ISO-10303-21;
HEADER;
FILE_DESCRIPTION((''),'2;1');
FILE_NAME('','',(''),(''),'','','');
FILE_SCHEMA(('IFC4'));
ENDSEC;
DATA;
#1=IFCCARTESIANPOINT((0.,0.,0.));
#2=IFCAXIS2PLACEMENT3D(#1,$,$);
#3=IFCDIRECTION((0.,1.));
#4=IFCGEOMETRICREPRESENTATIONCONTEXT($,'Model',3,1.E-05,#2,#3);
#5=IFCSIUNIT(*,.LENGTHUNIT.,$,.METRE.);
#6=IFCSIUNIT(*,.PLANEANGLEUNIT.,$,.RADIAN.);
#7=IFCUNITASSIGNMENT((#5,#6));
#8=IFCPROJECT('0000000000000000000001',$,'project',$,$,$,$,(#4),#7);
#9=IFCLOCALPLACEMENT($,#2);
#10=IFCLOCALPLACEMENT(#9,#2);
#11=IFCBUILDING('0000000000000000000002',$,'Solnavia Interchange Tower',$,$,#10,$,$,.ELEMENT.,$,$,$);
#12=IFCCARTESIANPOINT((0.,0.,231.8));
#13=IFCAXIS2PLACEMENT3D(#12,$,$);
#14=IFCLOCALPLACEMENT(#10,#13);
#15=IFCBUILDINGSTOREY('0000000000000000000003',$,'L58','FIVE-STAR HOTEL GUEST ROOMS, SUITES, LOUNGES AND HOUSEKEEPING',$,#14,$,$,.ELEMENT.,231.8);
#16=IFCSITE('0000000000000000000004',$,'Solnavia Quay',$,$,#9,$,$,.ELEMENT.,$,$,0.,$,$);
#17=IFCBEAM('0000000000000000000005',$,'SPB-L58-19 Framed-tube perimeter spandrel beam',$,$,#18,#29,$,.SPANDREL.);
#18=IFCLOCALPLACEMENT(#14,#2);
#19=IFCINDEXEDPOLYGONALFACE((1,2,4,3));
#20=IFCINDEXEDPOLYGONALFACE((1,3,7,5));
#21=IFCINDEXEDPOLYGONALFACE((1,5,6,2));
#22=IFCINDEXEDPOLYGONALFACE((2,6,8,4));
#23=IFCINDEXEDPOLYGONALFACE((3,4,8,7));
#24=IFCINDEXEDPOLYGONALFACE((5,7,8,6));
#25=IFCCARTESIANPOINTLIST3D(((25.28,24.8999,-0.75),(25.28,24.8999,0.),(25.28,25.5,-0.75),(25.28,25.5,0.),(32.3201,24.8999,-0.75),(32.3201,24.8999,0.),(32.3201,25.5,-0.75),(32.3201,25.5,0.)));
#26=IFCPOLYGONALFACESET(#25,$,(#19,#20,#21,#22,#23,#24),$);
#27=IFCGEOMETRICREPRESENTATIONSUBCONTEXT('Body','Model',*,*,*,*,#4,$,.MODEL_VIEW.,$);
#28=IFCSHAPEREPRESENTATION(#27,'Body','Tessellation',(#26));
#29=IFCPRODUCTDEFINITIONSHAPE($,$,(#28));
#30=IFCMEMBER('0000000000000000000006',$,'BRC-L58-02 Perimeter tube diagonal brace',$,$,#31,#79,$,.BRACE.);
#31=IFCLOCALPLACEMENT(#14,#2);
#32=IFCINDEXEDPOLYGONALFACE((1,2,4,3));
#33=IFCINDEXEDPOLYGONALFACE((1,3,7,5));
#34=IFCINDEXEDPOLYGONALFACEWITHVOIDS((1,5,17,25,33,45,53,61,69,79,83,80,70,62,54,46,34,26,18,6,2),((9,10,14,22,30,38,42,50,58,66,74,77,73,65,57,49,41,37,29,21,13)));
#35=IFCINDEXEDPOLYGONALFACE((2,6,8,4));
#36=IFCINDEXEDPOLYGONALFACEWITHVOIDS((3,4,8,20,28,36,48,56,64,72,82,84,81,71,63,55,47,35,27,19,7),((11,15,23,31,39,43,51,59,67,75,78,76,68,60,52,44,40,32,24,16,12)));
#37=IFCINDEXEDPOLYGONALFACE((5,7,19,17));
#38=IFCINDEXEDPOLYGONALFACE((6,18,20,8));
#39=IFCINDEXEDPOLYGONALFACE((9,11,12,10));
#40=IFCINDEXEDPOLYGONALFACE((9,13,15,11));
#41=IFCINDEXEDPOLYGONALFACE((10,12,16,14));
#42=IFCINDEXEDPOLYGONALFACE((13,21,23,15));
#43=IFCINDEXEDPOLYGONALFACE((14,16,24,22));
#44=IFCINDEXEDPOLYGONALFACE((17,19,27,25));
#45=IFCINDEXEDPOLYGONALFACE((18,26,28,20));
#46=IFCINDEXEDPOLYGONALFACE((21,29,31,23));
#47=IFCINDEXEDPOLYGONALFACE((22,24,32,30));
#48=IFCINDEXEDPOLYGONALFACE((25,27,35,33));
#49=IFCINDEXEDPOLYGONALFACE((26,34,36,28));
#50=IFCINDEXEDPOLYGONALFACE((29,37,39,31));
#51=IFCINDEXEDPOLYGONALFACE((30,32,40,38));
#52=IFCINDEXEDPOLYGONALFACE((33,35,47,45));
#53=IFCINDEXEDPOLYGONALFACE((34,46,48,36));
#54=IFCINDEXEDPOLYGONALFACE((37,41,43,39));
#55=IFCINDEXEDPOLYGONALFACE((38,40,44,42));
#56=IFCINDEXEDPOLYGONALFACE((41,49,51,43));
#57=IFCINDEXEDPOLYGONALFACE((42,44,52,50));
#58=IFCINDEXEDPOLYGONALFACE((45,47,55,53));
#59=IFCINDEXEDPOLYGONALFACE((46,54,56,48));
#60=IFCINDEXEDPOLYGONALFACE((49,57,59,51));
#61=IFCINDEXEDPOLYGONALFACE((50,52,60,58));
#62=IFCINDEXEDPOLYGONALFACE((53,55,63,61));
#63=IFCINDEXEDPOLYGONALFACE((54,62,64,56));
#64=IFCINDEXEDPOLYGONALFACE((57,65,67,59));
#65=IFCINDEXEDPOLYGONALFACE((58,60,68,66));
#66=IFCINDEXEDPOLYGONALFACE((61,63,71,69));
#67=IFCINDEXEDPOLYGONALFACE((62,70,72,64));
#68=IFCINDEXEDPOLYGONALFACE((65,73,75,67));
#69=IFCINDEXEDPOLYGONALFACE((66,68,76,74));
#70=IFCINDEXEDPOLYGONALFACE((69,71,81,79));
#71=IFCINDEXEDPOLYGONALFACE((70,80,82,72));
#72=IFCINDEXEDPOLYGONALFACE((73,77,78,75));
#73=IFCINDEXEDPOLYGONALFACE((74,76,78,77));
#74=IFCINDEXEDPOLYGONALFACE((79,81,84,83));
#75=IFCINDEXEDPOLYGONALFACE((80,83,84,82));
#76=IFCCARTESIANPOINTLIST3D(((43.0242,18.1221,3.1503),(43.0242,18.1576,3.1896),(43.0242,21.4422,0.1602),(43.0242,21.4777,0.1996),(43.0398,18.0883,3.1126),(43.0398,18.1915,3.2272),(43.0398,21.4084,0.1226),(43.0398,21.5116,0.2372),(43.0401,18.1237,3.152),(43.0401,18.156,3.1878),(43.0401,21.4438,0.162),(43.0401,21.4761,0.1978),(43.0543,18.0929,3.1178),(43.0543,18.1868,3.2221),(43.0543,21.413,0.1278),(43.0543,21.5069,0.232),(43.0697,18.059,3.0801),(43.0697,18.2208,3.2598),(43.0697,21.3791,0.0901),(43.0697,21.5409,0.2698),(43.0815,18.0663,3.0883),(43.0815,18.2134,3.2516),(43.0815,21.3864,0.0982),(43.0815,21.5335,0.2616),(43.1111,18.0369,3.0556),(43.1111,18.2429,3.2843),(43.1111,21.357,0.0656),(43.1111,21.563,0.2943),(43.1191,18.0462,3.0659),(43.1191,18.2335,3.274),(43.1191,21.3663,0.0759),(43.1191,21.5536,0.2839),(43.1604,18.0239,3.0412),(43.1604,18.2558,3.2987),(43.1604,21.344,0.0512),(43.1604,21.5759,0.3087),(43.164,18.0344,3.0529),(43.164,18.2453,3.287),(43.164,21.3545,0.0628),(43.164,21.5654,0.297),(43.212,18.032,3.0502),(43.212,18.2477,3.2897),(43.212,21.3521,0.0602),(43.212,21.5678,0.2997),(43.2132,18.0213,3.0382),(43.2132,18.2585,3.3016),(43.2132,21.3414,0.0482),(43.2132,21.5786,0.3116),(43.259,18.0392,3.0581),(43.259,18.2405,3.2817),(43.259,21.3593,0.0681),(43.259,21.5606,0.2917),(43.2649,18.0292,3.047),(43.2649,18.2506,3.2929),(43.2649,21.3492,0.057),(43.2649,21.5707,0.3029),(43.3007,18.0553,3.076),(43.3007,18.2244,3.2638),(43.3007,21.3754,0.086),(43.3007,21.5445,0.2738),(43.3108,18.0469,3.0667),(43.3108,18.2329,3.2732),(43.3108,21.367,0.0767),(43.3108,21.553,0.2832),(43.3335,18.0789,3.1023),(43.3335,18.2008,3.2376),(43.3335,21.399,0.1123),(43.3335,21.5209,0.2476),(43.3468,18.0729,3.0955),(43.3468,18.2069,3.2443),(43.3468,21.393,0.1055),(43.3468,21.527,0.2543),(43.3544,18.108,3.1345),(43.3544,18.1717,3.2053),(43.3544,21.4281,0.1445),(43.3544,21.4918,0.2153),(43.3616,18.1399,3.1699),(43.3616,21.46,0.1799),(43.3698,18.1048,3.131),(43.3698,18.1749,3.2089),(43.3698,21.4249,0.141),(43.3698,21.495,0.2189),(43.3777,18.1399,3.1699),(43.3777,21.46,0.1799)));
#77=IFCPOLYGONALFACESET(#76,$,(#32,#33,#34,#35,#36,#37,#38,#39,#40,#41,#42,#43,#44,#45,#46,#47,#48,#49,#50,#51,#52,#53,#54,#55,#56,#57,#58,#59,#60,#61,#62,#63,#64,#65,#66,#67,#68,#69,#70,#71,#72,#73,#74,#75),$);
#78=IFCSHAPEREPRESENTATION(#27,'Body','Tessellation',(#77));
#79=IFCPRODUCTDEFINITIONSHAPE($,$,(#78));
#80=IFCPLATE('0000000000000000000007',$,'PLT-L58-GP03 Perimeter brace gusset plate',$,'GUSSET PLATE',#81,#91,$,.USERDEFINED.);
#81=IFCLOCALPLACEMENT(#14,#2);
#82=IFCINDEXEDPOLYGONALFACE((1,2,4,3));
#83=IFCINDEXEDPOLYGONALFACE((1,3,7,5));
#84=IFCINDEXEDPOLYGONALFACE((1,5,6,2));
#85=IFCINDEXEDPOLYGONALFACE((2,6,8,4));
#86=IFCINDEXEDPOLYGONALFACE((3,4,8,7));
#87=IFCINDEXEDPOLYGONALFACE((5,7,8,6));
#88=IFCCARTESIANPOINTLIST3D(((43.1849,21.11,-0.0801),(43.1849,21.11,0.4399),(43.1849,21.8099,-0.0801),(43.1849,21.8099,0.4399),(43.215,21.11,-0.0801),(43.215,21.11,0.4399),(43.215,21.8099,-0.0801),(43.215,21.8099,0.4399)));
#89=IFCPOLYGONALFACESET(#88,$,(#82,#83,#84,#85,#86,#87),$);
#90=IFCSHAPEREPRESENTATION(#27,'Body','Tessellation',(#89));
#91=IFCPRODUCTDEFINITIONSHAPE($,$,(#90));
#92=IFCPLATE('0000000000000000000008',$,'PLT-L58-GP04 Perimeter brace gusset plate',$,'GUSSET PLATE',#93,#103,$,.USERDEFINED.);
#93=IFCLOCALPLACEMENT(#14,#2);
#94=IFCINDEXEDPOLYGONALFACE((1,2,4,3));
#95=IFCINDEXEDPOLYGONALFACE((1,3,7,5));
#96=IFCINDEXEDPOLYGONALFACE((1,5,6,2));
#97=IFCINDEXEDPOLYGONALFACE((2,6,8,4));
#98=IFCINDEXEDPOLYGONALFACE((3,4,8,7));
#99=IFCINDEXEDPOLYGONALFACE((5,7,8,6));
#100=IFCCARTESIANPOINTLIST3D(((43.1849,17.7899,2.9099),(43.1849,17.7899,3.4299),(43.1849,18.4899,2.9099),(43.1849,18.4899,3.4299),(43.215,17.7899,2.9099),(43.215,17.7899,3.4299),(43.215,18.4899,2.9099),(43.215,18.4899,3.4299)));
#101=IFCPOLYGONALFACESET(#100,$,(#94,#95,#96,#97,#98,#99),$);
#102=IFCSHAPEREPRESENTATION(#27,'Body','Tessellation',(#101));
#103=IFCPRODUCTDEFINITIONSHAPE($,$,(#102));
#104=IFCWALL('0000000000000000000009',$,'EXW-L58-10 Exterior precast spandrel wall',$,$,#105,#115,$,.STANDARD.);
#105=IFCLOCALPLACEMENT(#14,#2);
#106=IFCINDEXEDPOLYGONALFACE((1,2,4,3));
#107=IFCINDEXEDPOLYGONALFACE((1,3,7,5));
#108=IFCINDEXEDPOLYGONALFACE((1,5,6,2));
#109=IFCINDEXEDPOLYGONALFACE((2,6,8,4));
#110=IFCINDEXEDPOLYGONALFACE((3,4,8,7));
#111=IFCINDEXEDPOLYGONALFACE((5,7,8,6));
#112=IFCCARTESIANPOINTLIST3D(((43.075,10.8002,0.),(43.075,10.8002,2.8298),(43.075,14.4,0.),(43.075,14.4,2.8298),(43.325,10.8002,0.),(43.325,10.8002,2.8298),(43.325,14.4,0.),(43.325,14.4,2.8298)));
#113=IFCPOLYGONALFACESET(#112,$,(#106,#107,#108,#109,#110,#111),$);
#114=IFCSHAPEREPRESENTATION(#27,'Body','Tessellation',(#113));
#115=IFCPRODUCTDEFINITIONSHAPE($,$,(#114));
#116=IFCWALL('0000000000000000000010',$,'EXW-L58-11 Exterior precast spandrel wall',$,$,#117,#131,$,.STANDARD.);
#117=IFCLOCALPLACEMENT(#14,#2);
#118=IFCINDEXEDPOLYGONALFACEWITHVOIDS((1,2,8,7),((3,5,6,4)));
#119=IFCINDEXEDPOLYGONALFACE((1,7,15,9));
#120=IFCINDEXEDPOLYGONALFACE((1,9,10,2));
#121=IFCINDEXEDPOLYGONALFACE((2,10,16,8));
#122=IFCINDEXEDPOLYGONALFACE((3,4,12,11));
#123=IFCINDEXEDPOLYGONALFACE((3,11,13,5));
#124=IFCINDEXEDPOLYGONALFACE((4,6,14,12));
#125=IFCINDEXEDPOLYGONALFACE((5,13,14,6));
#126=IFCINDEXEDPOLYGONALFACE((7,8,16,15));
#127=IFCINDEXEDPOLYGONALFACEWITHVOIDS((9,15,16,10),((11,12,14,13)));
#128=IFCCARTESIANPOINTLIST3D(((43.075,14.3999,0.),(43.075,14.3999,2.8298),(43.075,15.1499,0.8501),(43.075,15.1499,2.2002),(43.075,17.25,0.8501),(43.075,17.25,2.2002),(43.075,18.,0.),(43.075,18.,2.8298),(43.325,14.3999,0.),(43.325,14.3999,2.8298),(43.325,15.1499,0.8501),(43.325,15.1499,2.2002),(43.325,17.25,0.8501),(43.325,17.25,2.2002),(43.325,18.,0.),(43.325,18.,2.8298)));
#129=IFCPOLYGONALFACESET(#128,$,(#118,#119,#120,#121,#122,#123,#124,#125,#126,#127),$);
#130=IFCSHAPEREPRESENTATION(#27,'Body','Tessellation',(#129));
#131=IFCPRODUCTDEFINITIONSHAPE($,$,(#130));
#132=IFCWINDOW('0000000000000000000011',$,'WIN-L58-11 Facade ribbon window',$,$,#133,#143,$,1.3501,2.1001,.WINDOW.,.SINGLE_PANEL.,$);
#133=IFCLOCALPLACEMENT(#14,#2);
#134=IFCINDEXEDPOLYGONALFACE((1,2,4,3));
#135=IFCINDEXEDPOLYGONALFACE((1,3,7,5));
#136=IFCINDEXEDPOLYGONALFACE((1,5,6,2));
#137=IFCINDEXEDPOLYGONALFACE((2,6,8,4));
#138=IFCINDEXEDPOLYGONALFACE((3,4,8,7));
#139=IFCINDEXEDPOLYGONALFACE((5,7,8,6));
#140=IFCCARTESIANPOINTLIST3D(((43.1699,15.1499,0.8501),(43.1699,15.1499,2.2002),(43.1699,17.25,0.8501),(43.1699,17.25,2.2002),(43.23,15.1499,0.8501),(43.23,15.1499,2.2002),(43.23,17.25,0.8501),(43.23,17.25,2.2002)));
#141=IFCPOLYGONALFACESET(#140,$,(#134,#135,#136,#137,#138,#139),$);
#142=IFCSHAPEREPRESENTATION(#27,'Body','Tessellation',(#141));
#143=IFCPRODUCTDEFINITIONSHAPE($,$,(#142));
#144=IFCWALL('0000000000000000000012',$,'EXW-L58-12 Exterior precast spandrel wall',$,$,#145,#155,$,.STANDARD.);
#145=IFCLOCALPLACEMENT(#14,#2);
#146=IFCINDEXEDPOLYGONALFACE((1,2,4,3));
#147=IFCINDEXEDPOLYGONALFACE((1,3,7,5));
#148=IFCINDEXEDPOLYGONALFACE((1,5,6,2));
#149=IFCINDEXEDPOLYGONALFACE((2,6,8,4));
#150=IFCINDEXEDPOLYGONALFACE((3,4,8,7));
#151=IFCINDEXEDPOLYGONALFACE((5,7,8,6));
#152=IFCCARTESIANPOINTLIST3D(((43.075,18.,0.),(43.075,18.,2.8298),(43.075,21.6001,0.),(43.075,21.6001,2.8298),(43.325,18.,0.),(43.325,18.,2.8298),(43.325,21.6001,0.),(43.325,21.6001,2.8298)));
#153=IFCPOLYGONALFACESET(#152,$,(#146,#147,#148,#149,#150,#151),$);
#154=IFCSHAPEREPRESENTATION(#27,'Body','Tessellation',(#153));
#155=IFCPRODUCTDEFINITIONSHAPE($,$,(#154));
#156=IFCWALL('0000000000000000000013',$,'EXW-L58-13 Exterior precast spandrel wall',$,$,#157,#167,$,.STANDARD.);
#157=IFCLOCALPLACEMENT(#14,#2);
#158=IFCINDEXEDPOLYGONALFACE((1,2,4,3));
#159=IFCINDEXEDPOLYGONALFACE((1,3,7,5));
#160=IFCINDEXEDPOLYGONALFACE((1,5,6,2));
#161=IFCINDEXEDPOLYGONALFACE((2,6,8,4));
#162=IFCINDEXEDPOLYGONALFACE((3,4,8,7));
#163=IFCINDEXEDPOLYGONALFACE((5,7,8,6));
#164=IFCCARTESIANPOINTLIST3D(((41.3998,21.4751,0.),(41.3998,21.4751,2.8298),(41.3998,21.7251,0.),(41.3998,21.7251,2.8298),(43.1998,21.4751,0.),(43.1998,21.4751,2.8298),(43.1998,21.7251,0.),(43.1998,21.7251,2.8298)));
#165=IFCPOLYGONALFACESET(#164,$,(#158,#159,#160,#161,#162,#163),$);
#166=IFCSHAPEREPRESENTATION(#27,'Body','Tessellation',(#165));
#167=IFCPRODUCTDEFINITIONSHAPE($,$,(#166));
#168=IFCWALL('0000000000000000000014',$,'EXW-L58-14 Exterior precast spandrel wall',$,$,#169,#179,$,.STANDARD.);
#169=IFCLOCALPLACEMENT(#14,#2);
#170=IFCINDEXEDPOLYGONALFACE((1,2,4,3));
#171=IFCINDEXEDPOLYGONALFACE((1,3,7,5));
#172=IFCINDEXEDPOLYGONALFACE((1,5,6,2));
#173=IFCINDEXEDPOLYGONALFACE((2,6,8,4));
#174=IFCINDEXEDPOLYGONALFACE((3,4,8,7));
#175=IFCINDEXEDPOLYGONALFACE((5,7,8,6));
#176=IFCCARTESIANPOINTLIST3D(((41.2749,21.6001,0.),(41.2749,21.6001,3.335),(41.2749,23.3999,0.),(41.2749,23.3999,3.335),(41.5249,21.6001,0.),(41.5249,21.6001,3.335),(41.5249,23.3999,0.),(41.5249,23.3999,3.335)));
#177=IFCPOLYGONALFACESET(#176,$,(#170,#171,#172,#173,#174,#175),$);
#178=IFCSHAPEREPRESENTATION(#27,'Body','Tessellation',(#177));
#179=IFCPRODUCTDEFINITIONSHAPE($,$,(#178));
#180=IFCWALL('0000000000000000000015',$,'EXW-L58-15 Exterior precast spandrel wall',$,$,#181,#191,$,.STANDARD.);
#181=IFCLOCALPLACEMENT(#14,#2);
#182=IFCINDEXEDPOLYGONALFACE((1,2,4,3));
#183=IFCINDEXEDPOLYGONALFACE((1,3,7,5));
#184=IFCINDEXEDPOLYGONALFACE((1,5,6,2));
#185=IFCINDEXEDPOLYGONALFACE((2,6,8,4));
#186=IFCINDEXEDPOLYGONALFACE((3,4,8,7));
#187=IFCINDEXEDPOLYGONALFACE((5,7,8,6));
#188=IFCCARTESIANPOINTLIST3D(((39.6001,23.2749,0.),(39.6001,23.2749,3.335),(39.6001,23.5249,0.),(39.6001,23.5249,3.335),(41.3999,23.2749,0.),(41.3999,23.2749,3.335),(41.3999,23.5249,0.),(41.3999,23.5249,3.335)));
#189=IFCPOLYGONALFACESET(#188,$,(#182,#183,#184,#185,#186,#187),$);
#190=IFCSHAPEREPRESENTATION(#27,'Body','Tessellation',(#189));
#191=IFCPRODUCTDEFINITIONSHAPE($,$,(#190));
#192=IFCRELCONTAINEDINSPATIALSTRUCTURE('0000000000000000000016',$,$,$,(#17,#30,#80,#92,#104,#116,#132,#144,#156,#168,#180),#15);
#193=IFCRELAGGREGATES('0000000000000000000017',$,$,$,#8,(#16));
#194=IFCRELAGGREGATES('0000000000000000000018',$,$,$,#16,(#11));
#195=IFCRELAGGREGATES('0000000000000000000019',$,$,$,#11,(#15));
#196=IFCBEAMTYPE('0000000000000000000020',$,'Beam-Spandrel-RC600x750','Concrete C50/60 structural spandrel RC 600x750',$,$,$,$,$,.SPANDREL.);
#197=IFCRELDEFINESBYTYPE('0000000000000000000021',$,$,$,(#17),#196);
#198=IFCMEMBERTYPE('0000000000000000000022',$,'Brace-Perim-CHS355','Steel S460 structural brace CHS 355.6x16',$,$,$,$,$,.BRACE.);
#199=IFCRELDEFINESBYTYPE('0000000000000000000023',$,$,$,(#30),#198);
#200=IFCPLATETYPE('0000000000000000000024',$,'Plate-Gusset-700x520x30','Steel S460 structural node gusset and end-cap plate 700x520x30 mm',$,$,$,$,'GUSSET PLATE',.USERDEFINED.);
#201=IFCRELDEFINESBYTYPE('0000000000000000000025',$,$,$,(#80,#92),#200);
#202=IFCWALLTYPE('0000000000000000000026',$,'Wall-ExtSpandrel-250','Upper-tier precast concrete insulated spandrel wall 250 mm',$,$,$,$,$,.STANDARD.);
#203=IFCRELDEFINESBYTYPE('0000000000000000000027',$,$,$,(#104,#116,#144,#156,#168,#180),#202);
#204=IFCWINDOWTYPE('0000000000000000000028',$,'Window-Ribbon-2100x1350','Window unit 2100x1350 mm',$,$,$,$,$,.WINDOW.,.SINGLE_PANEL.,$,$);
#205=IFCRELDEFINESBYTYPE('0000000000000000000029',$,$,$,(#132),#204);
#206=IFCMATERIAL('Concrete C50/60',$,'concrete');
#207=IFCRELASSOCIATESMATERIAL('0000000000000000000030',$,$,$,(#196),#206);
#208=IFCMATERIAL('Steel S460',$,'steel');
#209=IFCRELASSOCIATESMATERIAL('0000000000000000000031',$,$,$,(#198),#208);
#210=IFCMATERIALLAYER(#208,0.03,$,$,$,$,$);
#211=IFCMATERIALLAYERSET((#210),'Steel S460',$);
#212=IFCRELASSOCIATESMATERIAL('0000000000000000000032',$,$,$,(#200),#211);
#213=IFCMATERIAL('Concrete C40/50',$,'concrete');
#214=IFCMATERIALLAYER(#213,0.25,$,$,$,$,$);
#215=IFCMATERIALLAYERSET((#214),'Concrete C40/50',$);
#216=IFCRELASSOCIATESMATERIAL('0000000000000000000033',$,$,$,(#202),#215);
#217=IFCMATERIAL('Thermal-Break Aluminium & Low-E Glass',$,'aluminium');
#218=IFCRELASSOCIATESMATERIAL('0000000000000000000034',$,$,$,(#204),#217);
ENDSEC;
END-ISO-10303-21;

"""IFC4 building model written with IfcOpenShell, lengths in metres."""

from ifc_helpers import new_model, si_unit, direction, frame, frame_2d, origin, origin_2d, place, context, subcontext, project, spatial, rectangle, hollow_circle, extrude, material, layer, layer_set, material_profile, profile_set, type_object, element, fill, save


model = new_model("IFC4")

# Units and contexts
model_context = context("Model", 3, precision=1e-05, world=origin(), true_north=direction((0.0, 1.0)))
body_context = subcontext(model_context, "Body", "Model", "MODEL_VIEW")
ifc_project = project(units=[si_unit("LENGTHUNIT", "METRE"), si_unit("PLANEANGLEUNIT", "RADIAN")], contexts=[model_context])

# Site, building, storey
site_placement = place(None, origin())
site = spatial("IfcSite", under=ifc_project, at=site_placement, Name="Solnavia Quay", CompositionType="ELEMENT", RefElevation=0.0)
building_placement = place(site_placement, origin())
building = spatial("IfcBuilding", under=site, at=building_placement, Name="Solnavia Interchange Tower", CompositionType="ELEMENT")
storey_placement = place(building_placement, frame((0.0, 0.0, 231.8)))
storey = spatial("IfcBuildingStorey", under=building, at=storey_placement, Name="L58", Description="FIVE-STAR HOTEL GUEST ROOMS, SUITES, LOUNGES AND HOUSEKEEPING", CompositionType="ELEMENT", Elevation=231.8)

# Shared definitions
ifc_material_1 = material(Name="Concrete C50/60", Category="concrete")

# Beam
ifc_material_2 = material(Name="Steel S460", Category="steel")
ifc_material_profile_1 = material_profile(ifc_material_1, rectangle(XDim=0.6001, YDim=0.75, at=origin_2d()), Name="RC 600x750")
ifc_profile_set_1 = profile_set([ifc_material_profile_1], Name="Concrete C50/60")
beam_type_1 = type_object("IfcBeamType", Name="Beam-Spandrel-RC600x750", Description="Concrete C50/60 structural spandrel RC 600x750", PredefinedType="SPANDREL", material=ifc_profile_set_1)
beam_1_placement = place(storey_placement, frame((32.3201, 25.2, -0.375), z_axis=(-1.0, 0.0, 0.0), x_axis=(0.0, -1.0, 0.0)))
element("IfcBeam", 1, at=beam_1_placement, inside=storey, type_object=beam_type_1, Name="SPB-L58-19 Framed-tube perimeter spandrel beam", PredefinedType="SPANDREL", context=body_context, shape_type="SweptSolid", body=[
    extrude(rectangle(XDim=0.6001, YDim=0.75, at=origin_2d()), origin(), (0.0, 0.0, 1.0), 7.04),
])

# Member
ifc_material_profile_2 = material_profile(ifc_material_2, hollow_circle(Radius=0.1777, WallThickness=0.0161, at=origin_2d()), Name="CHS 355.6x16")
ifc_profile_set_2 = profile_set([ifc_material_profile_2], Name="Steel S460")
member_type = type_object("IfcMemberType", Name="Brace-Perim-CHS355", Description="Steel S460 structural brace CHS 355.6x16", PredefinedType="BRACE", material=ifc_profile_set_2)
member_placement = place(storey_placement, frame((43.2, 21.46, 0.1799), z_axis=(0.0, -0.743079, 0.669203), x_axis=(1.0, 0.0, 0.0)))
element("IfcMember", 2, at=member_placement, inside=storey, type_object=member_type, Name="BRC-L58-02 Perimeter tube diagonal brace", PredefinedType="BRACE", context=body_context, shape_type="SweptSolid", body=[
    extrude(hollow_circle(Radius=0.1777, WallThickness=0.0161, at=origin_2d()), origin(), (0.0, 0.0, 1.0), 4.468),
])

# Plates
ifc_layer_1 = layer(ifc_material_2, 0.03)
ifc_layer_set_1 = layer_set([ifc_layer_1], Name="Steel S460")
plate_type = type_object("IfcPlateType", Name="Plate-Gusset-700x520x30", Description="Steel S460 structural node gusset and end-cap plate 700x520x30 mm", ElementType="GUSSET PLATE", PredefinedType="USERDEFINED", material=ifc_layer_set_1)
for number, where, z_axis, x_axis, name in (
    (3, (43.2, 21.46, -0.0801), (0.0, 0.0, 1.0), (0.0, -1.0, 0.0), "PLT-L58-GP03 Perimeter brace gusset plate"),
    (4, (43.2, 18.1399, 2.9099), (0.0, 0.0, 1.0), (0.0, -1.0, 0.0), "PLT-L58-GP04 Perimeter brace gusset plate"),
):
    element("IfcPlate", number, at=place(storey_placement, frame(where, z_axis=z_axis, x_axis=x_axis)), inside=storey, type_object=plate_type, Name=name, ObjectType="GUSSET PLATE", PredefinedType="USERDEFINED", context=body_context, shape_type="SweptSolid", body=[
        extrude(rectangle(XDim=0.7, YDim=0.03, at=origin_2d()), origin(), (0.0, 0.0, 1.0), 0.52),
    ])

# Wall
ifc_material_3 = material(Name="Concrete C40/50", Category="concrete")
ifc_layer_2 = layer(ifc_material_3, 0.25)
ifc_layer_set_2 = layer_set([ifc_layer_2], Name="Concrete C40/50")
wall_type_1 = type_object("IfcWallType", Name="Wall-ExtSpandrel-250", Description="Upper-tier precast concrete insulated spandrel wall 250 mm", PredefinedType="STANDARD", material=ifc_layer_set_2)
wall_1_placement = place(storey_placement, frame((43.2, 14.3999, 0.0), z_axis=(0.0, 0.0, 1.0), x_axis=(0.0, -1.0, 0.0)))
element("IfcWall", 5, at=wall_1_placement, inside=storey, type_object=wall_type_1, Name="EXW-L58-10 Exterior precast spandrel wall", PredefinedType="STANDARD", context=body_context, shape_type="SweptSolid", body=[
    extrude(rectangle(XDim=3.5999, YDim=0.25, at=frame_2d((1.7998, 0.0))), origin(), (0.0, 0.0, 1.0), 2.8298),
])

# Wall, opening, window
wall_2_placement = place(storey_placement, frame((43.2, 18.0, 0.0), z_axis=(0.0, 0.0, 1.0), x_axis=(0.0, -1.0, 0.0)))
wall_2 = element("IfcWall", 6, at=wall_2_placement, inside=storey, type_object=wall_type_1, Name="EXW-L58-11 Exterior precast spandrel wall", PredefinedType="STANDARD", context=body_context, shape_type="SweptSolid", body=[
    extrude(rectangle(XDim=3.6001, YDim=0.25, at=frame_2d((1.8, 0.0))), origin(), (0.0, 0.0, 1.0), 2.8298),
])
opening_placement = place(wall_2_placement, frame((0.75, 0.0, 0.8501)))
opening = element("IfcOpeningElement", 7, at=opening_placement, cuts=wall_2, PredefinedType="OPENING", context=body_context, shape_type="SweptSolid", body=[
    extrude(rectangle(XDim=2.1001, YDim=1.3501, at=frame_2d((1.05, 0.675))), frame((0.0, 0.135, 0.0), z_axis=(0.0, -1.0, 0.0), x_axis=(1.0, 0.0, 0.0)), (0.0, 0.0, 1.0), 0.27),
])
ifc_material_4 = material(Name="Thermal-Break Aluminium & Low-E Glass", Category="aluminium")
window_type = type_object("IfcWindowType", Name="Window-Ribbon-2100x1350", Description="Window unit 2100x1350 mm", PartitioningType="SINGLE_PANEL", PredefinedType="WINDOW", material=ifc_material_4)
window_placement = place(opening_placement, origin())
window = element("IfcWindow", 8, at=window_placement, inside=storey, type_object=window_type, Name="WIN-L58-11 Facade ribbon window", OverallHeight=1.3501, OverallWidth=2.1001, PartitioningType="SINGLE_PANEL", PredefinedType="WINDOW", context=body_context, shape_type="SweptSolid", body=[
    extrude(rectangle(XDim=2.1001, YDim=1.3501, at=frame_2d((1.05, 0.675))), frame((0.0, 0.03, 0.0), z_axis=(0.0, -1.0, 0.0), x_axis=(1.0, 0.0, 0.0)), (0.0, 0.0, 1.0), 0.0601),
])
fill(opening, window)

# Walls
wall_3_placement = place(storey_placement, frame((43.2, 21.6001, 0.0), z_axis=(0.0, 0.0, 1.0), x_axis=(0.0, -1.0, 0.0)))
element("IfcWall", 9, at=wall_3_placement, inside=storey, type_object=wall_type_1, Name="EXW-L58-12 Exterior precast spandrel wall", PredefinedType="STANDARD", context=body_context, shape_type="SweptSolid", body=[
    extrude(rectangle(XDim=3.6001, YDim=0.25, at=frame_2d((1.8, 0.0))), origin(), (0.0, 0.0, 1.0), 2.8298),
])
wall_4_placement = place(storey_placement, frame((41.3999, 21.6001, 0.0), z_axis=(0.0, 0.0, 1.0), x_axis=(1.0, 0.0, 0.0)))
element("IfcWall", 10, at=wall_4_placement, inside=storey, type_object=wall_type_1, Name="EXW-L58-13 Exterior precast spandrel wall", PredefinedType="STANDARD", context=body_context, shape_type="SweptSolid", body=[
    extrude(rectangle(XDim=1.8, YDim=0.25, at=frame_2d((0.8999, 0.0))), origin(), (0.0, 0.0, 1.0), 2.8298),
])
for number, where, z_axis, x_axis, name in (
    (11, (41.3999, 23.3999, 0.0), (0.0, 0.0, 1.0), (0.0, -1.0, 0.0), "EXW-L58-14 Exterior precast spandrel wall"),
    (12, (39.6001, 23.3999, 0.0), (0.0, 0.0, 1.0), (1.0, 0.0, 0.0), "EXW-L58-15 Exterior precast spandrel wall"),
):
    element("IfcWall", number, at=place(storey_placement, frame(where, z_axis=z_axis, x_axis=x_axis)), inside=storey, type_object=wall_type_1, Name=name, PredefinedType="STANDARD", context=body_context, shape_type="SweptSolid", body=[
        extrude(rectangle(XDim=1.7998, YDim=0.25, at=frame_2d((0.8999, 0.0))), origin(), (0.0, 0.0, 1.0), 3.335),
    ])

save(model, "model.ifc")
